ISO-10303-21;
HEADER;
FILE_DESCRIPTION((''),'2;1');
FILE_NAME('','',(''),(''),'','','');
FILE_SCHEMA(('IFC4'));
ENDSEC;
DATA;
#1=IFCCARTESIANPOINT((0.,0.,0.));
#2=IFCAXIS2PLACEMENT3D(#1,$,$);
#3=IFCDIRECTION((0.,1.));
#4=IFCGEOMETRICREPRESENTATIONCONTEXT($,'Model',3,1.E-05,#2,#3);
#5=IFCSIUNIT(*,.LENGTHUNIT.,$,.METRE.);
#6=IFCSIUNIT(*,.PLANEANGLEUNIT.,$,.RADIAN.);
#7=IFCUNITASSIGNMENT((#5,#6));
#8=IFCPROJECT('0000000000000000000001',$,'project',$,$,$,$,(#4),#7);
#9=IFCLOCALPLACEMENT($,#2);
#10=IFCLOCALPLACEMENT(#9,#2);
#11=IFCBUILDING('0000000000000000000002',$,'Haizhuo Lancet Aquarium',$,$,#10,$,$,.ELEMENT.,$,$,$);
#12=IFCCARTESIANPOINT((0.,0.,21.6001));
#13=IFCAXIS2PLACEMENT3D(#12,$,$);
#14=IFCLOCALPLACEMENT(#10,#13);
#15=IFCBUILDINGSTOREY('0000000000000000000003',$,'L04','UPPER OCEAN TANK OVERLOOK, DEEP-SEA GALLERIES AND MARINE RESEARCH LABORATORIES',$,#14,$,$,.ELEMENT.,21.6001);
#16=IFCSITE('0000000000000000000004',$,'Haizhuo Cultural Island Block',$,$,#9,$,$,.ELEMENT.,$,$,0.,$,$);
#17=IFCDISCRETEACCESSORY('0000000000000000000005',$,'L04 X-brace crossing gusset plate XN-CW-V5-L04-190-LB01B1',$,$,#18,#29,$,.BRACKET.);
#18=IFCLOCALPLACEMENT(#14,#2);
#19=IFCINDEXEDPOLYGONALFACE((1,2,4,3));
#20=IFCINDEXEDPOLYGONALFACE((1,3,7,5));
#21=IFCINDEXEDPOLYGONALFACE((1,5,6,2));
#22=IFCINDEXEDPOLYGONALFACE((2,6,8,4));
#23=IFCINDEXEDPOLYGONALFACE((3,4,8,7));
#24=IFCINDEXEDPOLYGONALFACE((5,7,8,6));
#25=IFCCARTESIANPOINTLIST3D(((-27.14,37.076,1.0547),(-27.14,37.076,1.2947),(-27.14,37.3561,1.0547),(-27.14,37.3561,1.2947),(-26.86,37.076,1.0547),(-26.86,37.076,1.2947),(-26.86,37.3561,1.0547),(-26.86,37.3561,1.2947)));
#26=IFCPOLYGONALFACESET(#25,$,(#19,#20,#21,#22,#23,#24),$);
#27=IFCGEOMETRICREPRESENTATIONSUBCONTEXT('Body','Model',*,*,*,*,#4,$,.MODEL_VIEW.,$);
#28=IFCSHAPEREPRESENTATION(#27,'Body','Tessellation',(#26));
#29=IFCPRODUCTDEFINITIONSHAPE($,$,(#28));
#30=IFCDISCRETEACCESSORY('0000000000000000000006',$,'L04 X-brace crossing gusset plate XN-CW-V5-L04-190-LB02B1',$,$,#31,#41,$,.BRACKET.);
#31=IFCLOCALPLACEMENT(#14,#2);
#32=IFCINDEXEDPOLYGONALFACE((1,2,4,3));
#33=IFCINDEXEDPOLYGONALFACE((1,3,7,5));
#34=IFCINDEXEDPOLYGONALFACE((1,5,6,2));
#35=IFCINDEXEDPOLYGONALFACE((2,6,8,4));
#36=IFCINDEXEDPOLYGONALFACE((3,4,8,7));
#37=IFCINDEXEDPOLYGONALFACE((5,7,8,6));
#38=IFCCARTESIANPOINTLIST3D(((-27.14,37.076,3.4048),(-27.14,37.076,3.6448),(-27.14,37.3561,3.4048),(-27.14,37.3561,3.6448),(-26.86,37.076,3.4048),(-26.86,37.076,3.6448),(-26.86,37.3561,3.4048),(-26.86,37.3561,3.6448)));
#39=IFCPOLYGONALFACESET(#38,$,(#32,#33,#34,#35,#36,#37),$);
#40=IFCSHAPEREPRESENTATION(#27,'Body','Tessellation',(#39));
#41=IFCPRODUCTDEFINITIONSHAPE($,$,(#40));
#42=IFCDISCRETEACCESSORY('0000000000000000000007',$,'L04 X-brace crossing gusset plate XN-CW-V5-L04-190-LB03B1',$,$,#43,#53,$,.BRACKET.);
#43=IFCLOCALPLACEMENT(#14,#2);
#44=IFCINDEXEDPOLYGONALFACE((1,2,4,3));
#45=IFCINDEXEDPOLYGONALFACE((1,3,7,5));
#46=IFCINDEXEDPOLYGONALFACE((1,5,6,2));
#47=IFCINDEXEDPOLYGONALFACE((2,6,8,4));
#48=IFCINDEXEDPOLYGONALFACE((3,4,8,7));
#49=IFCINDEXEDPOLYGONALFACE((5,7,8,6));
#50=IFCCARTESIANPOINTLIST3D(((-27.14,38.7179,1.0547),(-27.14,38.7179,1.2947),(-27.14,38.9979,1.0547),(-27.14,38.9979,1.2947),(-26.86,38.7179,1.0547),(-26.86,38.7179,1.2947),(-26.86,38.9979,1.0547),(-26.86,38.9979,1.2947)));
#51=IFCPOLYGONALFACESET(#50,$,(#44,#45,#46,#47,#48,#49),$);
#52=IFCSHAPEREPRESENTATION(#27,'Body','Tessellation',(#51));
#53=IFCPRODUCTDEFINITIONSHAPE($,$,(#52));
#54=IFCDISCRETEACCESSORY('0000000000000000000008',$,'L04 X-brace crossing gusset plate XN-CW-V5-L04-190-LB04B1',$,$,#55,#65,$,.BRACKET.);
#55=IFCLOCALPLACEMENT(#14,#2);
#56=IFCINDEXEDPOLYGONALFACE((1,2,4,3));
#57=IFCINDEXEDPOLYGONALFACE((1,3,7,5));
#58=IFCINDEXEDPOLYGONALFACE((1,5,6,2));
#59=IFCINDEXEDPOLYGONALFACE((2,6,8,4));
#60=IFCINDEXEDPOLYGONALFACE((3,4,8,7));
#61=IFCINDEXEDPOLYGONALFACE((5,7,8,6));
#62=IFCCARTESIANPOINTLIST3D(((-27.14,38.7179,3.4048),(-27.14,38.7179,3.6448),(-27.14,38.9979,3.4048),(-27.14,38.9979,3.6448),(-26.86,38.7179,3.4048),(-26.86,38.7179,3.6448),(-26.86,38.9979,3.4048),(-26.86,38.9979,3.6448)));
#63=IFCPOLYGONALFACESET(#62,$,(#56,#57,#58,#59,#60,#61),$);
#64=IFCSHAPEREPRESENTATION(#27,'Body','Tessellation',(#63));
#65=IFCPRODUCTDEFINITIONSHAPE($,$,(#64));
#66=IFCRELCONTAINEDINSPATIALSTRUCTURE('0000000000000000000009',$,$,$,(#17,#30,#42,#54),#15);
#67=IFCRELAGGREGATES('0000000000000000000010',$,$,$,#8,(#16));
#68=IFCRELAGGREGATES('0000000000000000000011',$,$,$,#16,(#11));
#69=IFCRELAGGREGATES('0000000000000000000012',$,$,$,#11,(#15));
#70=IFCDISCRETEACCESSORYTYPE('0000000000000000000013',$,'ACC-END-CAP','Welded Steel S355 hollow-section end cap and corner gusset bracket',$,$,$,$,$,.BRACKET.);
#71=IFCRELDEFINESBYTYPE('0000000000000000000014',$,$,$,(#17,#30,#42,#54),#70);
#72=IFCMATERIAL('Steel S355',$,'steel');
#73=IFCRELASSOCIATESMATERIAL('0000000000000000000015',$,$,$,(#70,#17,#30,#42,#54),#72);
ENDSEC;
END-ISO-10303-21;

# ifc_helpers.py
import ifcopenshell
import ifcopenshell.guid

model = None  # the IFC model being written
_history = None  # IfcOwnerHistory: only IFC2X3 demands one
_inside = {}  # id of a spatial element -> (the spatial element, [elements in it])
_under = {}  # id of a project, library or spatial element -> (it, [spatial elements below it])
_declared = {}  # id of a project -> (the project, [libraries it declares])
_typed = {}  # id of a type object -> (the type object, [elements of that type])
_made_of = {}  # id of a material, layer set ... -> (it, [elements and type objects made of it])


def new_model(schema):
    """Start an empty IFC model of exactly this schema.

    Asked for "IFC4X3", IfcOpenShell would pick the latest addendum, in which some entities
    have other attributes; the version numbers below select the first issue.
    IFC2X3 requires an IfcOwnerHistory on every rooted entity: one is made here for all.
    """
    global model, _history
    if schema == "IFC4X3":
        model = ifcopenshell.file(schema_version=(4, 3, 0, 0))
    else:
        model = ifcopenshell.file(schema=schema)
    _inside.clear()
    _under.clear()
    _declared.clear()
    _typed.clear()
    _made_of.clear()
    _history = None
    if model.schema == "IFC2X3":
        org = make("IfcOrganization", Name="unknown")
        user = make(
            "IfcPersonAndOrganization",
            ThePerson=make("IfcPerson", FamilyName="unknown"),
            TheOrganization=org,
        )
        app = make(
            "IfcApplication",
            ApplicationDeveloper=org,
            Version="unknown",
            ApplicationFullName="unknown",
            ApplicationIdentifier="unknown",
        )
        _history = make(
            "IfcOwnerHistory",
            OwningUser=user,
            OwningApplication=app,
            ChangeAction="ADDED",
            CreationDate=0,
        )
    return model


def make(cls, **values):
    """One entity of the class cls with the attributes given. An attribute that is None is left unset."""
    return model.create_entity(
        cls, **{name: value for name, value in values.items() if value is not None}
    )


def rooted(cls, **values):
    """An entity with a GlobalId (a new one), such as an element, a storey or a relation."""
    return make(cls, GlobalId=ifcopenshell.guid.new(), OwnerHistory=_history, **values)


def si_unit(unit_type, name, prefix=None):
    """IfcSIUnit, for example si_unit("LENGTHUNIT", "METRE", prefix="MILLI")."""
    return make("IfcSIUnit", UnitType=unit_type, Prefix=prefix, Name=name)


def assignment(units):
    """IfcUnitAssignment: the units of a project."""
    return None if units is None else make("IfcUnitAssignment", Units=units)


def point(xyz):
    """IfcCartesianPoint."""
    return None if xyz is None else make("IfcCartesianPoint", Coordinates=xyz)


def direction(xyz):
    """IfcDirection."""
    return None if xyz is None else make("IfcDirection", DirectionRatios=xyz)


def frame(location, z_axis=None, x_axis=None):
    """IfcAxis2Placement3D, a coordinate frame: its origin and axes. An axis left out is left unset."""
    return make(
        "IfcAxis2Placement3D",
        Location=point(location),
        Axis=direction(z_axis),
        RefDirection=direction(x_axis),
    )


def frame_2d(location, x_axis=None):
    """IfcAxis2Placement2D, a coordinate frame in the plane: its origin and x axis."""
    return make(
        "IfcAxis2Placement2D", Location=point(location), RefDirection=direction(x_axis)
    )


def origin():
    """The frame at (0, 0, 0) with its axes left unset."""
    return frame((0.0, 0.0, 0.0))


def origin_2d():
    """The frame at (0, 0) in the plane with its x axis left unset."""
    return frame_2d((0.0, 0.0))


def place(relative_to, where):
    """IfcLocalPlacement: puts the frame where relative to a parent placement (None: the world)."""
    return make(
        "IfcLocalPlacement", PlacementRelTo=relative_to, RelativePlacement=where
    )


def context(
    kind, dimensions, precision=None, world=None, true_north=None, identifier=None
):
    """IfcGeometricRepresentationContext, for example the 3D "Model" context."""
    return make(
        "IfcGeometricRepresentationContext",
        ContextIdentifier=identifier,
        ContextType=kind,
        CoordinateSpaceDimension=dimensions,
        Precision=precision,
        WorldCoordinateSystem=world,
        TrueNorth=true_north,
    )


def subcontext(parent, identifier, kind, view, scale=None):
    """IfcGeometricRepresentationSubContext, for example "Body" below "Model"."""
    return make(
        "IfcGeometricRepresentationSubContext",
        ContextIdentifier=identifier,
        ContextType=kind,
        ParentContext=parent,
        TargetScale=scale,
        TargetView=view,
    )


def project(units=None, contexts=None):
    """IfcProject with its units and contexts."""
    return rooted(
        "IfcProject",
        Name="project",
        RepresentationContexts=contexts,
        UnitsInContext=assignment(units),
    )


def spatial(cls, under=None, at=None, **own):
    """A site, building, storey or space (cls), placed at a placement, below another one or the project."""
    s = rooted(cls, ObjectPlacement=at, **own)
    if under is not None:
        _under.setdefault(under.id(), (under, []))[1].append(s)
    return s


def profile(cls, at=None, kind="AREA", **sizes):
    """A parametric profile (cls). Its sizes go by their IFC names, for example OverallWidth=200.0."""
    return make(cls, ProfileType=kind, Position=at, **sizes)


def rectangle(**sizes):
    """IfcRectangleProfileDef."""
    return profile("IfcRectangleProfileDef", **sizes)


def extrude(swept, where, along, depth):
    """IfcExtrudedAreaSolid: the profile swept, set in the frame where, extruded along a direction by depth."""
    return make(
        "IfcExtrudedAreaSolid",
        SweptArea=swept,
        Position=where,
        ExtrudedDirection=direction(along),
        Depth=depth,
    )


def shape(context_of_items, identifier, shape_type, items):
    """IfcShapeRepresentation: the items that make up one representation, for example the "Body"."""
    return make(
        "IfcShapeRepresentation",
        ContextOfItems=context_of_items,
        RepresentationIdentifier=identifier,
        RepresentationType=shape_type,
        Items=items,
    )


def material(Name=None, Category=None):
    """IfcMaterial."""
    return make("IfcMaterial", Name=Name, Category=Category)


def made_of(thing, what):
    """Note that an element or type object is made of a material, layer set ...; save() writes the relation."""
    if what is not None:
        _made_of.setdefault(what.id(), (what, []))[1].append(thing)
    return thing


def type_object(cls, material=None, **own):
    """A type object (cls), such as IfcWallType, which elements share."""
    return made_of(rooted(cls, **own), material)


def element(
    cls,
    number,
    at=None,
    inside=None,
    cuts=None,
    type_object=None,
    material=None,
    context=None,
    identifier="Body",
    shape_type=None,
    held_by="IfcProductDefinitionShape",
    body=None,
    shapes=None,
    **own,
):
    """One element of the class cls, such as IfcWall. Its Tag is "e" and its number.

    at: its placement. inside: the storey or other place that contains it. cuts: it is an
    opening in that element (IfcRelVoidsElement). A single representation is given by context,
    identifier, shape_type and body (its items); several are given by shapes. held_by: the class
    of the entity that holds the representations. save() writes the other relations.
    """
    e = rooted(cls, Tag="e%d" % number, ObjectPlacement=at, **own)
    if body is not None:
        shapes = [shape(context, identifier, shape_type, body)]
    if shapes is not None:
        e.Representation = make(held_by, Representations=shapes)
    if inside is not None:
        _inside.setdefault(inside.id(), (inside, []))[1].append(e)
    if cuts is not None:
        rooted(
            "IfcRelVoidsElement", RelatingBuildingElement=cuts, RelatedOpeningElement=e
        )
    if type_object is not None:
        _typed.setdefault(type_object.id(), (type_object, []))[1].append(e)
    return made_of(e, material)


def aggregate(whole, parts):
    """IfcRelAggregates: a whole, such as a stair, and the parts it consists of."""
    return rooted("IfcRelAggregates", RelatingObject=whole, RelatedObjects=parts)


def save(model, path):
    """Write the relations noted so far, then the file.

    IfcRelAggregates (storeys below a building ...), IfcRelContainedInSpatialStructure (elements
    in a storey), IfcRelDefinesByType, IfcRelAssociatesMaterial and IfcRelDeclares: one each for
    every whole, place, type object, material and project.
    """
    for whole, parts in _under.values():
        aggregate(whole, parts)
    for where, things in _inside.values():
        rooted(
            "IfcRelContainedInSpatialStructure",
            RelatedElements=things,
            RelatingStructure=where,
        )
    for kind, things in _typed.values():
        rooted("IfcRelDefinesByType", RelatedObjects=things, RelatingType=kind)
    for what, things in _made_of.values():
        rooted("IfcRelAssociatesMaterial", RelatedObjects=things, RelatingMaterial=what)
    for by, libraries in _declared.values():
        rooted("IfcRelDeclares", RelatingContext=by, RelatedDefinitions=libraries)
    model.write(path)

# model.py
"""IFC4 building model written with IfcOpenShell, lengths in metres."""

from ifc_helpers import new_model, si_unit, direction, frame, origin, origin_2d, place, context, subcontext, project, spatial, rectangle, extrude, material, type_object, element, save


model = new_model("IFC4")

# Units and contexts
model_context = context("Model", 3, precision=1e-05, world=origin(), true_north=direction((0.0, 1.0)))
body_context = subcontext(model_context, "Body", "Model", "MODEL_VIEW")
ifc_project = project(units=[si_unit("LENGTHUNIT", "METRE"), si_unit("PLANEANGLEUNIT", "RADIAN")], contexts=[model_context])

# Site, building, storey
site_placement = place(None, origin())
site = spatial("IfcSite", under=ifc_project, at=site_placement, Name="Haizhuo Cultural Island Block", CompositionType="ELEMENT", RefElevation=0.0)
building_placement = place(site_placement, origin())
building = spatial("IfcBuilding", under=site, at=building_placement, Name="Haizhuo Lancet Aquarium", CompositionType="ELEMENT")
storey_placement = place(building_placement, frame((0.0, 0.0, 21.6001)))
storey = spatial("IfcBuildingStorey", under=building, at=storey_placement, Name="L04", Description="UPPER OCEAN TANK OVERLOOK, DEEP-SEA GALLERIES AND MARINE RESEARCH LABORATORIES", CompositionType="ELEMENT", Elevation=21.6001)

# Shared definitions
ifc_material_1 = material(Name="Steel S355", Category="steel")

# Discrete accessories
discrete_accessory_type = type_object("IfcDiscreteAccessoryType", Name="ACC-END-CAP", Description="Welded Steel S355 hollow-section end cap and corner gusset bracket", PredefinedType="BRACKET", material=ifc_material_1)
for number, where, z_axis, x_axis, name in (
    (1, (-27.0, 37.2161, 1.0547), (0.0, 0.0, 1.0), (1.0, 0.0, 0.0), "L04 X-brace crossing gusset plate XN-CW-V5-L04-190-LB01B1"),
    (2, (-27.0, 37.2161, 3.4048), (0.0, 0.0, 1.0), (1.0, 0.0, 0.0), "L04 X-brace crossing gusset plate XN-CW-V5-L04-190-LB02B1"),
    (3, (-27.0, 38.8579, 1.0547), (0.0, 0.0, 1.0), (1.0, 0.0, 0.0), "L04 X-brace crossing gusset plate XN-CW-V5-L04-190-LB03B1"),
    (4, (-27.0, 38.8579, 3.4048), (0.0, 0.0, 1.0), (1.0, 0.0, 0.0), "L04 X-brace crossing gusset plate XN-CW-V5-L04-190-LB04B1"),
):
    element("IfcDiscreteAccessory", number, at=place(storey_placement, frame(where, z_axis=z_axis, x_axis=x_axis)), inside=storey, type_object=discrete_accessory_type, material=ifc_material_1, Name=name, PredefinedType="BRACKET", context=body_context, shape_type="SweptSolid", body=[
        extrude(rectangle(XDim=0.28, YDim=0.28, at=origin_2d()), origin(), (0.0, 0.0, 1.0), 0.24),
    ])

save(model, "model.ifc")
